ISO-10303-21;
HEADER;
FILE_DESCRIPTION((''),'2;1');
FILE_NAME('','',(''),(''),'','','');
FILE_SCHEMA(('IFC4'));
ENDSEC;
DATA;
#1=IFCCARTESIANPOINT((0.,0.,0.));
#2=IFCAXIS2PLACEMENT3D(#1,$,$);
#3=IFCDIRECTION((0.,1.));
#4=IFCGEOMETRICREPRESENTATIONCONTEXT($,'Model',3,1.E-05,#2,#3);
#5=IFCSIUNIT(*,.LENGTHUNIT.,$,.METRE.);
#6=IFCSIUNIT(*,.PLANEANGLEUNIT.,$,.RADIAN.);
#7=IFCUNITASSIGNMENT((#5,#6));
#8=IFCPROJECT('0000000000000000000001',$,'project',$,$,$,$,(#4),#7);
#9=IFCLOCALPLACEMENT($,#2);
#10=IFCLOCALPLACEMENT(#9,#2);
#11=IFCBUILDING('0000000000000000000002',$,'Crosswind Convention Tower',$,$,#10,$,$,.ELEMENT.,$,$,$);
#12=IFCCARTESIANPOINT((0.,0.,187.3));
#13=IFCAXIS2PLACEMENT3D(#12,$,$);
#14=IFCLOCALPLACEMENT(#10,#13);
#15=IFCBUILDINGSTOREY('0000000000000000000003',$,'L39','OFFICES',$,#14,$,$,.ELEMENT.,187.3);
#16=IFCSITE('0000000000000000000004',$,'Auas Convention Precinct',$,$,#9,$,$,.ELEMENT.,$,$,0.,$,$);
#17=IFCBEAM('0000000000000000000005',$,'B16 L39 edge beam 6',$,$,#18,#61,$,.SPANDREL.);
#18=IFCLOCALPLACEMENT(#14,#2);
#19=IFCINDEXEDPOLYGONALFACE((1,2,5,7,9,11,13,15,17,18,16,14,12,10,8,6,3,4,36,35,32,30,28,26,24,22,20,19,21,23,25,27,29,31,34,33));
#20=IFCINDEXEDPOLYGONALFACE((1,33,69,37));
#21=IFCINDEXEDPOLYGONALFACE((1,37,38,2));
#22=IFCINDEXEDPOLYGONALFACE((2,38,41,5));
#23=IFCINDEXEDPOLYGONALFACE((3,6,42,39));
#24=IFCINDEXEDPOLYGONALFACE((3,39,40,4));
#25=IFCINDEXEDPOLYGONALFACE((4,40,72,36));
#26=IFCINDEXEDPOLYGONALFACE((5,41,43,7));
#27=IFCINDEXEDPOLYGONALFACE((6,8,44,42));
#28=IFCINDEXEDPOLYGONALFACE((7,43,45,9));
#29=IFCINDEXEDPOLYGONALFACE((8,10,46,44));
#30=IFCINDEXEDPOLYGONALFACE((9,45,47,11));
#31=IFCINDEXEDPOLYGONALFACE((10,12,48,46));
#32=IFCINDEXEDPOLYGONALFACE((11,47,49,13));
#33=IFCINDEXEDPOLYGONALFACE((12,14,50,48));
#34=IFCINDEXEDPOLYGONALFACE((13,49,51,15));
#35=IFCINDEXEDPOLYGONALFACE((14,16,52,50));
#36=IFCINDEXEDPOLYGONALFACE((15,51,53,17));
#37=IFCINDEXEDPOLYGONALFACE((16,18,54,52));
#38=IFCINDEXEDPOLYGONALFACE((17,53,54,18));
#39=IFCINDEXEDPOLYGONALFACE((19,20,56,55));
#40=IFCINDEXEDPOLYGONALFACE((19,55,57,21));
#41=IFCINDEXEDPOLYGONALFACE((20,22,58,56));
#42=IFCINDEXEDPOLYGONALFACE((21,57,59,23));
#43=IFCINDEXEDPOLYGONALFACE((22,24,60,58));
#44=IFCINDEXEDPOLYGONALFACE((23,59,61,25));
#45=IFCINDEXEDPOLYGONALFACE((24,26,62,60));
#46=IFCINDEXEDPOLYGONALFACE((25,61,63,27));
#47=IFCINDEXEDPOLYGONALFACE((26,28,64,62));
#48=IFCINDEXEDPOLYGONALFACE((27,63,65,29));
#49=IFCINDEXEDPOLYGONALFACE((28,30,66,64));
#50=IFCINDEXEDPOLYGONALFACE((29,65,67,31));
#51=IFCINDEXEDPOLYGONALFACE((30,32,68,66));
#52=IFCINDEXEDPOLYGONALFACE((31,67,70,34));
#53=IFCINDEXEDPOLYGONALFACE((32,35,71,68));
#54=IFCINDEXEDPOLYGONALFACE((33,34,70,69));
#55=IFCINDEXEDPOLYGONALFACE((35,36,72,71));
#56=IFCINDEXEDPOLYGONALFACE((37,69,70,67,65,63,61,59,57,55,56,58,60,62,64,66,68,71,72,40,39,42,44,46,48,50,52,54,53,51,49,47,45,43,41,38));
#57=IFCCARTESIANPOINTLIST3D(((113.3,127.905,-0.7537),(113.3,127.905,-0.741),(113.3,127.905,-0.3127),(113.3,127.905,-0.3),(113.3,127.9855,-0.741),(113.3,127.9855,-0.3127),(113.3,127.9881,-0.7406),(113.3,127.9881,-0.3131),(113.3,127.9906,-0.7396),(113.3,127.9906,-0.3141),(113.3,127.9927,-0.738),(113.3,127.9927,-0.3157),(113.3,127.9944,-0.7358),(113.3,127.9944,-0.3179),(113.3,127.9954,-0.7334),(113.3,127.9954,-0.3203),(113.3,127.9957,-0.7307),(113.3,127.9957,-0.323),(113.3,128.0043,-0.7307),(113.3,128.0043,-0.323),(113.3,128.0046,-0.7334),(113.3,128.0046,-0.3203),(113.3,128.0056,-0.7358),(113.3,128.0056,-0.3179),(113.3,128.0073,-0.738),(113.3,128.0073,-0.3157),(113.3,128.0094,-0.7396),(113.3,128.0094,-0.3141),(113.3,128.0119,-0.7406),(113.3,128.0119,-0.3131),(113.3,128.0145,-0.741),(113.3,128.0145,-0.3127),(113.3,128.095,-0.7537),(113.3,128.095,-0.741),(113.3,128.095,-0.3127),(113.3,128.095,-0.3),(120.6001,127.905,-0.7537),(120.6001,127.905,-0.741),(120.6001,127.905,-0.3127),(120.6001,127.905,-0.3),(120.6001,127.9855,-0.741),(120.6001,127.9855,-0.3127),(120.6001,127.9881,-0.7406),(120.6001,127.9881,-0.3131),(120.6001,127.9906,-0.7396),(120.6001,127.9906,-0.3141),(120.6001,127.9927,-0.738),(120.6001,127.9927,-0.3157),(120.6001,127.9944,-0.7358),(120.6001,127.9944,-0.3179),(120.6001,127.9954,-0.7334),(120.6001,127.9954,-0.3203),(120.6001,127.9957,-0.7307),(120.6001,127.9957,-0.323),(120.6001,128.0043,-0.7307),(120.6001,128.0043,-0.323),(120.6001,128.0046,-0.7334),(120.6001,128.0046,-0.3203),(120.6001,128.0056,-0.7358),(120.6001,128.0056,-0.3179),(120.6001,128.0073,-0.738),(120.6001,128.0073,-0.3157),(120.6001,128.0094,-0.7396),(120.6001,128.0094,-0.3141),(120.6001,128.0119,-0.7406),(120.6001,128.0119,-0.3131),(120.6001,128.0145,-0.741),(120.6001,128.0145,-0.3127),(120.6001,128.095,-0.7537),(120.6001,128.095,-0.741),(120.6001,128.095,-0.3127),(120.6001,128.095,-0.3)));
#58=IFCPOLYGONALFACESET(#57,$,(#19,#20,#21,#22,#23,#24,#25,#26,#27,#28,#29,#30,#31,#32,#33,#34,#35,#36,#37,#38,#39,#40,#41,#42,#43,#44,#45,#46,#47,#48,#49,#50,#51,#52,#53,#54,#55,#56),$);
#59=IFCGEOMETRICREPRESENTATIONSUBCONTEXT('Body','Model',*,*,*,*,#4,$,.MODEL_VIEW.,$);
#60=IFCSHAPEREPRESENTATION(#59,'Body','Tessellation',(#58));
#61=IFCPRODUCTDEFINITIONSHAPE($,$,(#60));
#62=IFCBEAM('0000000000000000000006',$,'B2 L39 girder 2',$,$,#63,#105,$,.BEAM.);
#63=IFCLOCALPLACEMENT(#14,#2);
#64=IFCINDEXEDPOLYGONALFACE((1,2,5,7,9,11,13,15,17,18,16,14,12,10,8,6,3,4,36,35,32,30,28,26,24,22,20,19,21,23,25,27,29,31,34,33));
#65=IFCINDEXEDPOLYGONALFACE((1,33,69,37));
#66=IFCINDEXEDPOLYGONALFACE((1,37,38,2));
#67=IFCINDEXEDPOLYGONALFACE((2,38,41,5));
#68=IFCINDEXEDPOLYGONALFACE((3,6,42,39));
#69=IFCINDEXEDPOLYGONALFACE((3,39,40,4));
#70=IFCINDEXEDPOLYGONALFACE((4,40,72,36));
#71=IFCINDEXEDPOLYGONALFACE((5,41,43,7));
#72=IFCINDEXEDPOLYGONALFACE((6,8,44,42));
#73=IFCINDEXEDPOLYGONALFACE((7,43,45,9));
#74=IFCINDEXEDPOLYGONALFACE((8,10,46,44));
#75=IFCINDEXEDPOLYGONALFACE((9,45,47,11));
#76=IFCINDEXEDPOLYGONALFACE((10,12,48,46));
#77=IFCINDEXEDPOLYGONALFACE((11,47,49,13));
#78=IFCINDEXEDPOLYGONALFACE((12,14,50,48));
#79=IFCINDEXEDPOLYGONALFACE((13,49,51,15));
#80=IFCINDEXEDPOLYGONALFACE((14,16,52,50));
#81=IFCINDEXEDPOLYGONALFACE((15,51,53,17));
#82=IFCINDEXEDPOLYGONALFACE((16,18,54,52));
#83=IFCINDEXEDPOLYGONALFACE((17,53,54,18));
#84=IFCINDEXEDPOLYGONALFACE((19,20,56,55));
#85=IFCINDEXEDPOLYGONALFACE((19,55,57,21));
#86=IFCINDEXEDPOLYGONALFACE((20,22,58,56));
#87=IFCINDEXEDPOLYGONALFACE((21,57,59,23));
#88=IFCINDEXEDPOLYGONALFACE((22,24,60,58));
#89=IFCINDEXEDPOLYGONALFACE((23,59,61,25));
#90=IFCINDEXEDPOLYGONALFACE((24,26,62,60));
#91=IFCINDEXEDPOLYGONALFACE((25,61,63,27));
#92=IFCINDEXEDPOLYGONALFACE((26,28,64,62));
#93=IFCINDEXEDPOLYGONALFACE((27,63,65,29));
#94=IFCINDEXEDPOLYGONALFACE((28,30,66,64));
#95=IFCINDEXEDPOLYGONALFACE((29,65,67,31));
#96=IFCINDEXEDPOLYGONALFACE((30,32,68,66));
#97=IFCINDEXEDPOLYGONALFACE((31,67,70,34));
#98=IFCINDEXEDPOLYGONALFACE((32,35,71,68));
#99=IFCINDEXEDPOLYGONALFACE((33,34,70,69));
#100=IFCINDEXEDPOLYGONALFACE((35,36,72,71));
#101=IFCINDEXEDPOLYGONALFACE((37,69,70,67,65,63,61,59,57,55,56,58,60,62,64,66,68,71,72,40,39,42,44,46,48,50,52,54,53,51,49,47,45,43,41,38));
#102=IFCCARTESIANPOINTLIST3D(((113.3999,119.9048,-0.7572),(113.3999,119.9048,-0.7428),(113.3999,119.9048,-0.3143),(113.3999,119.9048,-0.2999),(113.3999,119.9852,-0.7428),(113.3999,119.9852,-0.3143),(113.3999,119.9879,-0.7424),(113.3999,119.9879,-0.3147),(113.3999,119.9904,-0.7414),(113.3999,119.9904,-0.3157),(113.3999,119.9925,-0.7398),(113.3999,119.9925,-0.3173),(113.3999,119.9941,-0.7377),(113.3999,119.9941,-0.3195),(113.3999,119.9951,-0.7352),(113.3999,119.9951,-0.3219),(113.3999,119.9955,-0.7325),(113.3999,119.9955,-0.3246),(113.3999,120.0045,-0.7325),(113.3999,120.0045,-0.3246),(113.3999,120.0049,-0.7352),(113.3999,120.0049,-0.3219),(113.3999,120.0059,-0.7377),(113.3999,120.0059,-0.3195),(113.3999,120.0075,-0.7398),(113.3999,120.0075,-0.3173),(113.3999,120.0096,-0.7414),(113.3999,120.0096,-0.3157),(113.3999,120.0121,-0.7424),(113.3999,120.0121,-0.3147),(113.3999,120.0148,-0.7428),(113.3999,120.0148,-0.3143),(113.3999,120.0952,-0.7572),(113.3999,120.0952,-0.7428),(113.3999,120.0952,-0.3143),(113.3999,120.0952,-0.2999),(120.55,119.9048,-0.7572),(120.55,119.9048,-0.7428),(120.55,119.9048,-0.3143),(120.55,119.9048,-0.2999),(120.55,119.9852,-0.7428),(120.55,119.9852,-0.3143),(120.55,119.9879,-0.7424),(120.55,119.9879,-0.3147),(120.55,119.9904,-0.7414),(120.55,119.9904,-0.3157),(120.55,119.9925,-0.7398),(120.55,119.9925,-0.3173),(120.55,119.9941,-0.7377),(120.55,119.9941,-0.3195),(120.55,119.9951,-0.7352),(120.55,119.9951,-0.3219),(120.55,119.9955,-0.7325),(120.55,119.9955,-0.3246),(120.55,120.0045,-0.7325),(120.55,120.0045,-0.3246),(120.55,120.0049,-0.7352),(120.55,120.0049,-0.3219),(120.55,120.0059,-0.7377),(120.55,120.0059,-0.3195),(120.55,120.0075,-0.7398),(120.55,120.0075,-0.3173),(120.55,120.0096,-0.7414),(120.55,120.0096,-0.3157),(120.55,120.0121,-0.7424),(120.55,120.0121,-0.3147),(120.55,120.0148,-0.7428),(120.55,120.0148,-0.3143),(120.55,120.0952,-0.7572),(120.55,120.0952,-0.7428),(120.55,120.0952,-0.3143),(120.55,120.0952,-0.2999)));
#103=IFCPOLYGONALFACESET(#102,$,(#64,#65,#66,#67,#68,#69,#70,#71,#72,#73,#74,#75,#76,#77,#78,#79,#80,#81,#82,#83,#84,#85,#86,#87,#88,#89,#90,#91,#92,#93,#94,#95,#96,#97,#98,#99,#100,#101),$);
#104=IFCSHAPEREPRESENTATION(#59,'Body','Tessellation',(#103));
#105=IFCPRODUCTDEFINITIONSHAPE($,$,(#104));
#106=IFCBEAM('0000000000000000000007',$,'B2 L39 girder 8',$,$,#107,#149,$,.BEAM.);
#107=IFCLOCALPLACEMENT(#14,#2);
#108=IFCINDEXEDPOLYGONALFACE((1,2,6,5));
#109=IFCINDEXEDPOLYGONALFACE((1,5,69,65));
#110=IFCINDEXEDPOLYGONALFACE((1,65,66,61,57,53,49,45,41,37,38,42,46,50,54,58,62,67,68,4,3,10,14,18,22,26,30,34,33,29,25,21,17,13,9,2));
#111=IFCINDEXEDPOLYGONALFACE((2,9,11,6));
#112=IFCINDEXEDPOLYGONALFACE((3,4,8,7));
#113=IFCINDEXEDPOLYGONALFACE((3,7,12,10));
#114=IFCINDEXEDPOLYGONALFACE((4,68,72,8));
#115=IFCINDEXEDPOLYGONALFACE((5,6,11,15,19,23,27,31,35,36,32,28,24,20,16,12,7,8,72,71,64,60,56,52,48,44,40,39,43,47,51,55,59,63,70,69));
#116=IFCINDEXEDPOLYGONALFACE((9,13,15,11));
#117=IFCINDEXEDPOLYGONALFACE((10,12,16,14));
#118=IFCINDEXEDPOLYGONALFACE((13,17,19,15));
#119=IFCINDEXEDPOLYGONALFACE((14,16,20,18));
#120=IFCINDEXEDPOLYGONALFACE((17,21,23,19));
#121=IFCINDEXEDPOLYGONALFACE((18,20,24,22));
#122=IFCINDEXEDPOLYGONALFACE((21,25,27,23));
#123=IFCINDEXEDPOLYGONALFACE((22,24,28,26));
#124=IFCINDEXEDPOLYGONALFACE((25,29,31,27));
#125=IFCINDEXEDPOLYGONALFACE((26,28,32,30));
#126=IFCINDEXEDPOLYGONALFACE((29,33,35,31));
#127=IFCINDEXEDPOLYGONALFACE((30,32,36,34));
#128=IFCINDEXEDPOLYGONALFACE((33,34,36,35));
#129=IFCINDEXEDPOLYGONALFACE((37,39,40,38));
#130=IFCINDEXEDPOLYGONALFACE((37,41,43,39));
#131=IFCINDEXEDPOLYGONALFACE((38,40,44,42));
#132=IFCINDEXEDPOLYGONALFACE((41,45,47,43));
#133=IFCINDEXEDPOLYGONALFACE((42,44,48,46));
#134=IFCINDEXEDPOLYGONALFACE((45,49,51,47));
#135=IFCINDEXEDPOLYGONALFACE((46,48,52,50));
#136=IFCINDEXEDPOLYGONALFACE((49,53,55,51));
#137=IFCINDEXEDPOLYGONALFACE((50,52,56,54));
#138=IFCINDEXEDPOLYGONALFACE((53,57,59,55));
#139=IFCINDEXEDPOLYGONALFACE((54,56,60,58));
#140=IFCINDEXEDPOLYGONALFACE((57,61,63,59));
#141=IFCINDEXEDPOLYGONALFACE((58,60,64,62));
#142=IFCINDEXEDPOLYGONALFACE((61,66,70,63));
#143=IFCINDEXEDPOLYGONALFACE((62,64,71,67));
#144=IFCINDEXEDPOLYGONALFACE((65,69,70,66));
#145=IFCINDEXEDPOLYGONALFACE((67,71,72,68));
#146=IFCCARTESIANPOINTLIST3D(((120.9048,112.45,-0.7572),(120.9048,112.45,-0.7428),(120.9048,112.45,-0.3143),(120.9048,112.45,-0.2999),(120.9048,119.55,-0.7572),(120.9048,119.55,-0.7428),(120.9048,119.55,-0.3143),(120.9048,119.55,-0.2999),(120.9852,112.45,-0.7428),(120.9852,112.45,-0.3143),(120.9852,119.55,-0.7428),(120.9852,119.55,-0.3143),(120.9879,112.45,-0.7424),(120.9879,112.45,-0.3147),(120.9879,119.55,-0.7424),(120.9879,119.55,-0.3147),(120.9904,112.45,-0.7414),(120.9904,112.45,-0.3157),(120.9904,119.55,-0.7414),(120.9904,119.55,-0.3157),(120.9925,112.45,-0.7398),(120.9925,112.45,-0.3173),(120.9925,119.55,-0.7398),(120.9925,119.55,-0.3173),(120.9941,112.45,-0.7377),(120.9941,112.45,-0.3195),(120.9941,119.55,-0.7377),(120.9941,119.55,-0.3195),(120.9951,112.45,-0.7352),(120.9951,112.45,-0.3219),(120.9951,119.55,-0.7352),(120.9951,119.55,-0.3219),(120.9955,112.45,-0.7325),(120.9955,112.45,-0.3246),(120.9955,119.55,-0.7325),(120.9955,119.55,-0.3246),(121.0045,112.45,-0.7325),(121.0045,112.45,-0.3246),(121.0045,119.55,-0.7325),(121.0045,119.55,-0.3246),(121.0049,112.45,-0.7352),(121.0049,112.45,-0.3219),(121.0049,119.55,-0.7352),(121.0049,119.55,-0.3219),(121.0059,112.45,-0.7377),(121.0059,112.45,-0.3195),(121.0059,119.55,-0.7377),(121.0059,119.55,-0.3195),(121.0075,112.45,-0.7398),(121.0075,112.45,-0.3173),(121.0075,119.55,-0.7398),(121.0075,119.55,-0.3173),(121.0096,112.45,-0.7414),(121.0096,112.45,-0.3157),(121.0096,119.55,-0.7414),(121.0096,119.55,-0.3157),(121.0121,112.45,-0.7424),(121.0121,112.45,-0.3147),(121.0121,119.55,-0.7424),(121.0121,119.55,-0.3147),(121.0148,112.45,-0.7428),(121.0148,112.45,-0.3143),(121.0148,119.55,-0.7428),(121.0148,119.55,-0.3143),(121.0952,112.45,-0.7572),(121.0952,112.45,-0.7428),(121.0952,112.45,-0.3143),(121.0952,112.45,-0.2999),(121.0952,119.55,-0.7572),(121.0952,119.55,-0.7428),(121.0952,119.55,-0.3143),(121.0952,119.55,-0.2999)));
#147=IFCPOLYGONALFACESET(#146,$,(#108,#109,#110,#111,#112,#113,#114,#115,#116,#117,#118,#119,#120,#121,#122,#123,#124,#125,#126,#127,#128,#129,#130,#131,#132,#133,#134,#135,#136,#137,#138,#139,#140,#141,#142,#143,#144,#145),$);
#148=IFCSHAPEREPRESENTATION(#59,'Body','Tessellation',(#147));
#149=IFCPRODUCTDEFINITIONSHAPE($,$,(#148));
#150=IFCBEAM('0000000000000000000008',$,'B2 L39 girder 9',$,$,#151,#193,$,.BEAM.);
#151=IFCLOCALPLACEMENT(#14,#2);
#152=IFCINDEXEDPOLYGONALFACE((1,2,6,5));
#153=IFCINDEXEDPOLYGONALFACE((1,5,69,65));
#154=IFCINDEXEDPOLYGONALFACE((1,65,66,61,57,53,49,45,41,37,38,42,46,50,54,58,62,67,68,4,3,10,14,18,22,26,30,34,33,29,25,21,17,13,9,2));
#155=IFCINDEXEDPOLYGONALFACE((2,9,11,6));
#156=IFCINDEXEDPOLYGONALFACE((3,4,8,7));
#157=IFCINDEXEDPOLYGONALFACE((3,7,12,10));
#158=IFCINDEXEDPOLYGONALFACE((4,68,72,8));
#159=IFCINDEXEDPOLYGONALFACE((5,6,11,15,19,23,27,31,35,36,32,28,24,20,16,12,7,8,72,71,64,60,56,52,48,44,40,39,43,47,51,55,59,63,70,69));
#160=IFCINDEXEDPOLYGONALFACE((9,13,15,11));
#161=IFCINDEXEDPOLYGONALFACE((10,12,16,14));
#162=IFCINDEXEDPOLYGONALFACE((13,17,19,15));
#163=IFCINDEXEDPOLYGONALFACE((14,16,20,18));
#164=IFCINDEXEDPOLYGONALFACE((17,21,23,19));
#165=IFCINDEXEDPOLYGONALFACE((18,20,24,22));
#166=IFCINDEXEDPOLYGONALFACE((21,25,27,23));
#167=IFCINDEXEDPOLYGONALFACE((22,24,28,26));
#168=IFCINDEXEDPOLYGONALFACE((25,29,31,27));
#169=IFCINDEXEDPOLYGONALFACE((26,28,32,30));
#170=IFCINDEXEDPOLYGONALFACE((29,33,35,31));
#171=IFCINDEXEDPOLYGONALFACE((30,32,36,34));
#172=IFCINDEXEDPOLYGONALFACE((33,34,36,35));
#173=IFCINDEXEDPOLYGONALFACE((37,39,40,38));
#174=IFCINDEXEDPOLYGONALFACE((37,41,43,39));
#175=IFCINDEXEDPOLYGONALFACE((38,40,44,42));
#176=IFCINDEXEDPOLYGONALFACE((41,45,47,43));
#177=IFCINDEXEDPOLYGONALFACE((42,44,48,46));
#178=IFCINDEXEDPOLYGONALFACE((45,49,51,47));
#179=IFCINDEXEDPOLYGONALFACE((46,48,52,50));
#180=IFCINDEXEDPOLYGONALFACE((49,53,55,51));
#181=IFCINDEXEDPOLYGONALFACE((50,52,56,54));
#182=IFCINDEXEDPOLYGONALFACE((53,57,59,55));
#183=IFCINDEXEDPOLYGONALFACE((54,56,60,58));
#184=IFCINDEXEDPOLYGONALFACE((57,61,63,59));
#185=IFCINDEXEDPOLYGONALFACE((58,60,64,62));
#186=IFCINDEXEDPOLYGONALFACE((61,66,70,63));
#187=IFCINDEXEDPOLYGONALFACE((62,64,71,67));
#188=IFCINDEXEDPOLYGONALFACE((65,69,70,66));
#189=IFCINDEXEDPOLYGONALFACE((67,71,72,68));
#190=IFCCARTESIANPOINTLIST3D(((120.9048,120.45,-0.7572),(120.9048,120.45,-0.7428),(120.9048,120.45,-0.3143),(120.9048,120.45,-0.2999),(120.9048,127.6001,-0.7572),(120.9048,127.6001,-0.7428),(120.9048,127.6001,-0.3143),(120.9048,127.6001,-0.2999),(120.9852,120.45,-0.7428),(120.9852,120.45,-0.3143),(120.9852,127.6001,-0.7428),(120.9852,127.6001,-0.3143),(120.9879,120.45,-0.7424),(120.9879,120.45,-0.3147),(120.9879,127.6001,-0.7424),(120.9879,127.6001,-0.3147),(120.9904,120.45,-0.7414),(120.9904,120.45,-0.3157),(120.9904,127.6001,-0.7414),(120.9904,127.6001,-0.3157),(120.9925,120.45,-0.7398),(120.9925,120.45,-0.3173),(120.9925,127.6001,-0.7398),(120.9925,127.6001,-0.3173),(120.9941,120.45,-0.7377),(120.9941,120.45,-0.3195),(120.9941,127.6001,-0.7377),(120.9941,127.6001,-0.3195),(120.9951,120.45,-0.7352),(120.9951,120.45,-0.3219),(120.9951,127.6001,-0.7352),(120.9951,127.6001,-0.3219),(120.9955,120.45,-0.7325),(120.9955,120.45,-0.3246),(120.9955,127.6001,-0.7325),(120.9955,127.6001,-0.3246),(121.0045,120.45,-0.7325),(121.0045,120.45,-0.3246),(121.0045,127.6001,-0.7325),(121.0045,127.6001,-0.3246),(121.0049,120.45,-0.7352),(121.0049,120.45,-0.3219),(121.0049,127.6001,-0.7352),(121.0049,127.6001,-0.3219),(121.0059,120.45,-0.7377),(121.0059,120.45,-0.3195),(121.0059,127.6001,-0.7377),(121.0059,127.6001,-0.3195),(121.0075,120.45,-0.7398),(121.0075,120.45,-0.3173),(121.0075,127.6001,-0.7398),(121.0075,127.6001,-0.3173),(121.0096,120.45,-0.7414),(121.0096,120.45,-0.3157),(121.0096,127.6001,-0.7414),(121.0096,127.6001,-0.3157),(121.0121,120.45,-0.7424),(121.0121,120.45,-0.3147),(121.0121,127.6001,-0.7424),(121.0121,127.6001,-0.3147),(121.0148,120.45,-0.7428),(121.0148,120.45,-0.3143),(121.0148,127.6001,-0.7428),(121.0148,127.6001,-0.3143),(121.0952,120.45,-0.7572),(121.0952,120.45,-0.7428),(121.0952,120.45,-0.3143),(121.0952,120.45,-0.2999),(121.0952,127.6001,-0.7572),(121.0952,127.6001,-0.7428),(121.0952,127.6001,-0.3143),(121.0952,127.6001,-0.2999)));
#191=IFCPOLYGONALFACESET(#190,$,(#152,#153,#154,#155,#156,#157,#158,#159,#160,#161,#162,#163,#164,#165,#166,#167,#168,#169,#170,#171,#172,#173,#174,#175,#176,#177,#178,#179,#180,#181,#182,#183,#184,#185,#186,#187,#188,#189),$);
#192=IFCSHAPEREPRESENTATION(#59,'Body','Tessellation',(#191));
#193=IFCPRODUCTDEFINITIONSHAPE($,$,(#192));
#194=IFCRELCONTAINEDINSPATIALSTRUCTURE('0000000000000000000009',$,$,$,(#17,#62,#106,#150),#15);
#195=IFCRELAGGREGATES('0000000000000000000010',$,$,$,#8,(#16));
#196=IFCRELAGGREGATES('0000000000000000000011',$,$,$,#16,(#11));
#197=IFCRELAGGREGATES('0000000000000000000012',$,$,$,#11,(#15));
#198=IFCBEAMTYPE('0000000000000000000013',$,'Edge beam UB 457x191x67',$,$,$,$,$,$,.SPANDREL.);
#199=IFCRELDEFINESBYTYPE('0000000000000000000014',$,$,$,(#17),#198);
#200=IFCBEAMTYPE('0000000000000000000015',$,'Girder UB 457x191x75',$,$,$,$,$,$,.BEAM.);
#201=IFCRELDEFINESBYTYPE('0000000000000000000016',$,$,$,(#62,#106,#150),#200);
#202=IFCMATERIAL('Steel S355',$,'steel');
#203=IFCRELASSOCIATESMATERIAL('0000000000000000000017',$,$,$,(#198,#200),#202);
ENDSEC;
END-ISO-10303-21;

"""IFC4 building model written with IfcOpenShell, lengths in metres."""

from ifc_helpers import new_model, si_unit, direction, frame, origin, origin_2d, place, context, subcontext, project, spatial, i_section, extrude, material, material_profile, profile_set, type_object, element, save


model = new_model("IFC4")

# Units and contexts
model_context = context("Model", 3, precision=1e-05, world=origin(), true_north=direction((0.0, 1.0)))
body_context = subcontext(model_context, "Body", "Model", "MODEL_VIEW")
ifc_project = project(units=[si_unit("LENGTHUNIT", "METRE"), si_unit("PLANEANGLEUNIT", "RADIAN")], contexts=[model_context])

# Site, building, storey
site_placement = place(None, origin())
site = spatial("IfcSite", under=ifc_project, at=site_placement, Name="Auas Convention Precinct", CompositionType="ELEMENT", RefElevation=0.0)
building_placement = place(site_placement, origin())
building = spatial("IfcBuilding", under=site, at=building_placement, Name="Crosswind Convention Tower", CompositionType="ELEMENT")
storey_placement = place(building_placement, frame((0.0, 0.0, 187.3)))
storey = spatial("IfcBuildingStorey", under=building, at=storey_placement, Name="L39", Description="OFFICES", CompositionType="ELEMENT", Elevation=187.3)

# Beams
ifc_material_1 = material(Name="Steel S355", Category="steel")
ifc_material_profile_1 = material_profile(ifc_material_1, i_section(OverallWidth=0.1899, OverallDepth=0.4536, WebThickness=0.0085, FlangeThickness=0.0127, FilletRadius=0.0103, at=origin_2d()), Name="UB 457x191x67")
ifc_profile_set_1 = profile_set([ifc_material_profile_1], Name="Steel S355")
beam_type_1 = type_object("IfcBeamType", Name="Edge beam UB 457x191x67", PredefinedType="SPANDREL", material=ifc_profile_set_1)
for number, where, z_axis, x_axis, name in (
    (1, (113.3, 128.0, -0.5269), (1.0, 0.0, 0.0), (0.0, 1.0, 0.0), "B16 L39 edge beam 6"),
):
    element("IfcBeam", number, at=place(storey_placement, frame(where, z_axis=z_axis, x_axis=x_axis)), inside=storey, type_object=beam_type_1, Name=name, PredefinedType="SPANDREL", context=body_context, shape_type="SweptSolid", body=[
        extrude(i_section(OverallWidth=0.1899, OverallDepth=0.4536, WebThickness=0.0085, FlangeThickness=0.0127, FilletRadius=0.0103, at=origin_2d()), origin(), (0.0, 0.0, 1.0), 7.3),
    ])
ifc_material_profile_2 = material_profile(ifc_material_1, i_section(OverallWidth=0.1904, OverallDepth=0.4573, WebThickness=0.009, FlangeThickness=0.0144, FilletRadius=0.0103, at=origin_2d()), Name="UB 457x191x75")
ifc_profile_set_2 = profile_set([ifc_material_profile_2], Name="Steel S355")
beam_type_2 = type_object("IfcBeamType", Name="Girder UB 457x191x75", PredefinedType="BEAM", material=ifc_profile_set_2)
beam_1_placement = place(storey_placement, frame((113.3999, 120.0, -0.5286), z_axis=(1.0, 0.0, 0.0), x_axis=(0.0, 1.0, 0.0)))
element("IfcBeam", 2, at=beam_1_placement, inside=storey, type_object=beam_type_2, Name="B2 L39 girder 2", PredefinedType="BEAM", context=body_context, shape_type="SweptSolid", body=[
    extrude(i_section(OverallWidth=0.1904, OverallDepth=0.4573, WebThickness=0.009, FlangeThickness=0.0144, FilletRadius=0.0103, at=origin_2d()), origin(), (0.0, 0.0, 1.0), 7.1501),
])
beam_2_placement = place(storey_placement, frame((121.0, 112.45, -0.5286), z_axis=(0.0, 1.0, 0.0), x_axis=(-1.0, 0.0, 0.0)))
element("IfcBeam", 3, at=beam_2_placement, inside=storey, type_object=beam_type_2, Name="B2 L39 girder 8", PredefinedType="BEAM", context=body_context, shape_type="SweptSolid", body=[
    extrude(i_section(OverallWidth=0.1904, OverallDepth=0.4573, WebThickness=0.009, FlangeThickness=0.0144, FilletRadius=0.0103, at=origin_2d()), origin(), (0.0, 0.0, 1.0), 7.1001),
])
beam_3_placement = place(storey_placement, frame((121.0, 120.45, -0.5286), z_axis=(0.0, 1.0, 0.0), x_axis=(-1.0, 0.0, 0.0)))
element("IfcBeam", 4, at=beam_3_placement, inside=storey, type_object=beam_type_2, Name="B2 L39 girder 9", PredefinedType="BEAM", context=body_context, shape_type="SweptSolid", body=[
    extrude(i_section(OverallWidth=0.1904, OverallDepth=0.4573, WebThickness=0.009, FlangeThickness=0.0144, FilletRadius=0.0103, at=origin_2d()), origin(), (0.0, 0.0, 1.0), 7.1501),
])

save(model, "model.ifc")
